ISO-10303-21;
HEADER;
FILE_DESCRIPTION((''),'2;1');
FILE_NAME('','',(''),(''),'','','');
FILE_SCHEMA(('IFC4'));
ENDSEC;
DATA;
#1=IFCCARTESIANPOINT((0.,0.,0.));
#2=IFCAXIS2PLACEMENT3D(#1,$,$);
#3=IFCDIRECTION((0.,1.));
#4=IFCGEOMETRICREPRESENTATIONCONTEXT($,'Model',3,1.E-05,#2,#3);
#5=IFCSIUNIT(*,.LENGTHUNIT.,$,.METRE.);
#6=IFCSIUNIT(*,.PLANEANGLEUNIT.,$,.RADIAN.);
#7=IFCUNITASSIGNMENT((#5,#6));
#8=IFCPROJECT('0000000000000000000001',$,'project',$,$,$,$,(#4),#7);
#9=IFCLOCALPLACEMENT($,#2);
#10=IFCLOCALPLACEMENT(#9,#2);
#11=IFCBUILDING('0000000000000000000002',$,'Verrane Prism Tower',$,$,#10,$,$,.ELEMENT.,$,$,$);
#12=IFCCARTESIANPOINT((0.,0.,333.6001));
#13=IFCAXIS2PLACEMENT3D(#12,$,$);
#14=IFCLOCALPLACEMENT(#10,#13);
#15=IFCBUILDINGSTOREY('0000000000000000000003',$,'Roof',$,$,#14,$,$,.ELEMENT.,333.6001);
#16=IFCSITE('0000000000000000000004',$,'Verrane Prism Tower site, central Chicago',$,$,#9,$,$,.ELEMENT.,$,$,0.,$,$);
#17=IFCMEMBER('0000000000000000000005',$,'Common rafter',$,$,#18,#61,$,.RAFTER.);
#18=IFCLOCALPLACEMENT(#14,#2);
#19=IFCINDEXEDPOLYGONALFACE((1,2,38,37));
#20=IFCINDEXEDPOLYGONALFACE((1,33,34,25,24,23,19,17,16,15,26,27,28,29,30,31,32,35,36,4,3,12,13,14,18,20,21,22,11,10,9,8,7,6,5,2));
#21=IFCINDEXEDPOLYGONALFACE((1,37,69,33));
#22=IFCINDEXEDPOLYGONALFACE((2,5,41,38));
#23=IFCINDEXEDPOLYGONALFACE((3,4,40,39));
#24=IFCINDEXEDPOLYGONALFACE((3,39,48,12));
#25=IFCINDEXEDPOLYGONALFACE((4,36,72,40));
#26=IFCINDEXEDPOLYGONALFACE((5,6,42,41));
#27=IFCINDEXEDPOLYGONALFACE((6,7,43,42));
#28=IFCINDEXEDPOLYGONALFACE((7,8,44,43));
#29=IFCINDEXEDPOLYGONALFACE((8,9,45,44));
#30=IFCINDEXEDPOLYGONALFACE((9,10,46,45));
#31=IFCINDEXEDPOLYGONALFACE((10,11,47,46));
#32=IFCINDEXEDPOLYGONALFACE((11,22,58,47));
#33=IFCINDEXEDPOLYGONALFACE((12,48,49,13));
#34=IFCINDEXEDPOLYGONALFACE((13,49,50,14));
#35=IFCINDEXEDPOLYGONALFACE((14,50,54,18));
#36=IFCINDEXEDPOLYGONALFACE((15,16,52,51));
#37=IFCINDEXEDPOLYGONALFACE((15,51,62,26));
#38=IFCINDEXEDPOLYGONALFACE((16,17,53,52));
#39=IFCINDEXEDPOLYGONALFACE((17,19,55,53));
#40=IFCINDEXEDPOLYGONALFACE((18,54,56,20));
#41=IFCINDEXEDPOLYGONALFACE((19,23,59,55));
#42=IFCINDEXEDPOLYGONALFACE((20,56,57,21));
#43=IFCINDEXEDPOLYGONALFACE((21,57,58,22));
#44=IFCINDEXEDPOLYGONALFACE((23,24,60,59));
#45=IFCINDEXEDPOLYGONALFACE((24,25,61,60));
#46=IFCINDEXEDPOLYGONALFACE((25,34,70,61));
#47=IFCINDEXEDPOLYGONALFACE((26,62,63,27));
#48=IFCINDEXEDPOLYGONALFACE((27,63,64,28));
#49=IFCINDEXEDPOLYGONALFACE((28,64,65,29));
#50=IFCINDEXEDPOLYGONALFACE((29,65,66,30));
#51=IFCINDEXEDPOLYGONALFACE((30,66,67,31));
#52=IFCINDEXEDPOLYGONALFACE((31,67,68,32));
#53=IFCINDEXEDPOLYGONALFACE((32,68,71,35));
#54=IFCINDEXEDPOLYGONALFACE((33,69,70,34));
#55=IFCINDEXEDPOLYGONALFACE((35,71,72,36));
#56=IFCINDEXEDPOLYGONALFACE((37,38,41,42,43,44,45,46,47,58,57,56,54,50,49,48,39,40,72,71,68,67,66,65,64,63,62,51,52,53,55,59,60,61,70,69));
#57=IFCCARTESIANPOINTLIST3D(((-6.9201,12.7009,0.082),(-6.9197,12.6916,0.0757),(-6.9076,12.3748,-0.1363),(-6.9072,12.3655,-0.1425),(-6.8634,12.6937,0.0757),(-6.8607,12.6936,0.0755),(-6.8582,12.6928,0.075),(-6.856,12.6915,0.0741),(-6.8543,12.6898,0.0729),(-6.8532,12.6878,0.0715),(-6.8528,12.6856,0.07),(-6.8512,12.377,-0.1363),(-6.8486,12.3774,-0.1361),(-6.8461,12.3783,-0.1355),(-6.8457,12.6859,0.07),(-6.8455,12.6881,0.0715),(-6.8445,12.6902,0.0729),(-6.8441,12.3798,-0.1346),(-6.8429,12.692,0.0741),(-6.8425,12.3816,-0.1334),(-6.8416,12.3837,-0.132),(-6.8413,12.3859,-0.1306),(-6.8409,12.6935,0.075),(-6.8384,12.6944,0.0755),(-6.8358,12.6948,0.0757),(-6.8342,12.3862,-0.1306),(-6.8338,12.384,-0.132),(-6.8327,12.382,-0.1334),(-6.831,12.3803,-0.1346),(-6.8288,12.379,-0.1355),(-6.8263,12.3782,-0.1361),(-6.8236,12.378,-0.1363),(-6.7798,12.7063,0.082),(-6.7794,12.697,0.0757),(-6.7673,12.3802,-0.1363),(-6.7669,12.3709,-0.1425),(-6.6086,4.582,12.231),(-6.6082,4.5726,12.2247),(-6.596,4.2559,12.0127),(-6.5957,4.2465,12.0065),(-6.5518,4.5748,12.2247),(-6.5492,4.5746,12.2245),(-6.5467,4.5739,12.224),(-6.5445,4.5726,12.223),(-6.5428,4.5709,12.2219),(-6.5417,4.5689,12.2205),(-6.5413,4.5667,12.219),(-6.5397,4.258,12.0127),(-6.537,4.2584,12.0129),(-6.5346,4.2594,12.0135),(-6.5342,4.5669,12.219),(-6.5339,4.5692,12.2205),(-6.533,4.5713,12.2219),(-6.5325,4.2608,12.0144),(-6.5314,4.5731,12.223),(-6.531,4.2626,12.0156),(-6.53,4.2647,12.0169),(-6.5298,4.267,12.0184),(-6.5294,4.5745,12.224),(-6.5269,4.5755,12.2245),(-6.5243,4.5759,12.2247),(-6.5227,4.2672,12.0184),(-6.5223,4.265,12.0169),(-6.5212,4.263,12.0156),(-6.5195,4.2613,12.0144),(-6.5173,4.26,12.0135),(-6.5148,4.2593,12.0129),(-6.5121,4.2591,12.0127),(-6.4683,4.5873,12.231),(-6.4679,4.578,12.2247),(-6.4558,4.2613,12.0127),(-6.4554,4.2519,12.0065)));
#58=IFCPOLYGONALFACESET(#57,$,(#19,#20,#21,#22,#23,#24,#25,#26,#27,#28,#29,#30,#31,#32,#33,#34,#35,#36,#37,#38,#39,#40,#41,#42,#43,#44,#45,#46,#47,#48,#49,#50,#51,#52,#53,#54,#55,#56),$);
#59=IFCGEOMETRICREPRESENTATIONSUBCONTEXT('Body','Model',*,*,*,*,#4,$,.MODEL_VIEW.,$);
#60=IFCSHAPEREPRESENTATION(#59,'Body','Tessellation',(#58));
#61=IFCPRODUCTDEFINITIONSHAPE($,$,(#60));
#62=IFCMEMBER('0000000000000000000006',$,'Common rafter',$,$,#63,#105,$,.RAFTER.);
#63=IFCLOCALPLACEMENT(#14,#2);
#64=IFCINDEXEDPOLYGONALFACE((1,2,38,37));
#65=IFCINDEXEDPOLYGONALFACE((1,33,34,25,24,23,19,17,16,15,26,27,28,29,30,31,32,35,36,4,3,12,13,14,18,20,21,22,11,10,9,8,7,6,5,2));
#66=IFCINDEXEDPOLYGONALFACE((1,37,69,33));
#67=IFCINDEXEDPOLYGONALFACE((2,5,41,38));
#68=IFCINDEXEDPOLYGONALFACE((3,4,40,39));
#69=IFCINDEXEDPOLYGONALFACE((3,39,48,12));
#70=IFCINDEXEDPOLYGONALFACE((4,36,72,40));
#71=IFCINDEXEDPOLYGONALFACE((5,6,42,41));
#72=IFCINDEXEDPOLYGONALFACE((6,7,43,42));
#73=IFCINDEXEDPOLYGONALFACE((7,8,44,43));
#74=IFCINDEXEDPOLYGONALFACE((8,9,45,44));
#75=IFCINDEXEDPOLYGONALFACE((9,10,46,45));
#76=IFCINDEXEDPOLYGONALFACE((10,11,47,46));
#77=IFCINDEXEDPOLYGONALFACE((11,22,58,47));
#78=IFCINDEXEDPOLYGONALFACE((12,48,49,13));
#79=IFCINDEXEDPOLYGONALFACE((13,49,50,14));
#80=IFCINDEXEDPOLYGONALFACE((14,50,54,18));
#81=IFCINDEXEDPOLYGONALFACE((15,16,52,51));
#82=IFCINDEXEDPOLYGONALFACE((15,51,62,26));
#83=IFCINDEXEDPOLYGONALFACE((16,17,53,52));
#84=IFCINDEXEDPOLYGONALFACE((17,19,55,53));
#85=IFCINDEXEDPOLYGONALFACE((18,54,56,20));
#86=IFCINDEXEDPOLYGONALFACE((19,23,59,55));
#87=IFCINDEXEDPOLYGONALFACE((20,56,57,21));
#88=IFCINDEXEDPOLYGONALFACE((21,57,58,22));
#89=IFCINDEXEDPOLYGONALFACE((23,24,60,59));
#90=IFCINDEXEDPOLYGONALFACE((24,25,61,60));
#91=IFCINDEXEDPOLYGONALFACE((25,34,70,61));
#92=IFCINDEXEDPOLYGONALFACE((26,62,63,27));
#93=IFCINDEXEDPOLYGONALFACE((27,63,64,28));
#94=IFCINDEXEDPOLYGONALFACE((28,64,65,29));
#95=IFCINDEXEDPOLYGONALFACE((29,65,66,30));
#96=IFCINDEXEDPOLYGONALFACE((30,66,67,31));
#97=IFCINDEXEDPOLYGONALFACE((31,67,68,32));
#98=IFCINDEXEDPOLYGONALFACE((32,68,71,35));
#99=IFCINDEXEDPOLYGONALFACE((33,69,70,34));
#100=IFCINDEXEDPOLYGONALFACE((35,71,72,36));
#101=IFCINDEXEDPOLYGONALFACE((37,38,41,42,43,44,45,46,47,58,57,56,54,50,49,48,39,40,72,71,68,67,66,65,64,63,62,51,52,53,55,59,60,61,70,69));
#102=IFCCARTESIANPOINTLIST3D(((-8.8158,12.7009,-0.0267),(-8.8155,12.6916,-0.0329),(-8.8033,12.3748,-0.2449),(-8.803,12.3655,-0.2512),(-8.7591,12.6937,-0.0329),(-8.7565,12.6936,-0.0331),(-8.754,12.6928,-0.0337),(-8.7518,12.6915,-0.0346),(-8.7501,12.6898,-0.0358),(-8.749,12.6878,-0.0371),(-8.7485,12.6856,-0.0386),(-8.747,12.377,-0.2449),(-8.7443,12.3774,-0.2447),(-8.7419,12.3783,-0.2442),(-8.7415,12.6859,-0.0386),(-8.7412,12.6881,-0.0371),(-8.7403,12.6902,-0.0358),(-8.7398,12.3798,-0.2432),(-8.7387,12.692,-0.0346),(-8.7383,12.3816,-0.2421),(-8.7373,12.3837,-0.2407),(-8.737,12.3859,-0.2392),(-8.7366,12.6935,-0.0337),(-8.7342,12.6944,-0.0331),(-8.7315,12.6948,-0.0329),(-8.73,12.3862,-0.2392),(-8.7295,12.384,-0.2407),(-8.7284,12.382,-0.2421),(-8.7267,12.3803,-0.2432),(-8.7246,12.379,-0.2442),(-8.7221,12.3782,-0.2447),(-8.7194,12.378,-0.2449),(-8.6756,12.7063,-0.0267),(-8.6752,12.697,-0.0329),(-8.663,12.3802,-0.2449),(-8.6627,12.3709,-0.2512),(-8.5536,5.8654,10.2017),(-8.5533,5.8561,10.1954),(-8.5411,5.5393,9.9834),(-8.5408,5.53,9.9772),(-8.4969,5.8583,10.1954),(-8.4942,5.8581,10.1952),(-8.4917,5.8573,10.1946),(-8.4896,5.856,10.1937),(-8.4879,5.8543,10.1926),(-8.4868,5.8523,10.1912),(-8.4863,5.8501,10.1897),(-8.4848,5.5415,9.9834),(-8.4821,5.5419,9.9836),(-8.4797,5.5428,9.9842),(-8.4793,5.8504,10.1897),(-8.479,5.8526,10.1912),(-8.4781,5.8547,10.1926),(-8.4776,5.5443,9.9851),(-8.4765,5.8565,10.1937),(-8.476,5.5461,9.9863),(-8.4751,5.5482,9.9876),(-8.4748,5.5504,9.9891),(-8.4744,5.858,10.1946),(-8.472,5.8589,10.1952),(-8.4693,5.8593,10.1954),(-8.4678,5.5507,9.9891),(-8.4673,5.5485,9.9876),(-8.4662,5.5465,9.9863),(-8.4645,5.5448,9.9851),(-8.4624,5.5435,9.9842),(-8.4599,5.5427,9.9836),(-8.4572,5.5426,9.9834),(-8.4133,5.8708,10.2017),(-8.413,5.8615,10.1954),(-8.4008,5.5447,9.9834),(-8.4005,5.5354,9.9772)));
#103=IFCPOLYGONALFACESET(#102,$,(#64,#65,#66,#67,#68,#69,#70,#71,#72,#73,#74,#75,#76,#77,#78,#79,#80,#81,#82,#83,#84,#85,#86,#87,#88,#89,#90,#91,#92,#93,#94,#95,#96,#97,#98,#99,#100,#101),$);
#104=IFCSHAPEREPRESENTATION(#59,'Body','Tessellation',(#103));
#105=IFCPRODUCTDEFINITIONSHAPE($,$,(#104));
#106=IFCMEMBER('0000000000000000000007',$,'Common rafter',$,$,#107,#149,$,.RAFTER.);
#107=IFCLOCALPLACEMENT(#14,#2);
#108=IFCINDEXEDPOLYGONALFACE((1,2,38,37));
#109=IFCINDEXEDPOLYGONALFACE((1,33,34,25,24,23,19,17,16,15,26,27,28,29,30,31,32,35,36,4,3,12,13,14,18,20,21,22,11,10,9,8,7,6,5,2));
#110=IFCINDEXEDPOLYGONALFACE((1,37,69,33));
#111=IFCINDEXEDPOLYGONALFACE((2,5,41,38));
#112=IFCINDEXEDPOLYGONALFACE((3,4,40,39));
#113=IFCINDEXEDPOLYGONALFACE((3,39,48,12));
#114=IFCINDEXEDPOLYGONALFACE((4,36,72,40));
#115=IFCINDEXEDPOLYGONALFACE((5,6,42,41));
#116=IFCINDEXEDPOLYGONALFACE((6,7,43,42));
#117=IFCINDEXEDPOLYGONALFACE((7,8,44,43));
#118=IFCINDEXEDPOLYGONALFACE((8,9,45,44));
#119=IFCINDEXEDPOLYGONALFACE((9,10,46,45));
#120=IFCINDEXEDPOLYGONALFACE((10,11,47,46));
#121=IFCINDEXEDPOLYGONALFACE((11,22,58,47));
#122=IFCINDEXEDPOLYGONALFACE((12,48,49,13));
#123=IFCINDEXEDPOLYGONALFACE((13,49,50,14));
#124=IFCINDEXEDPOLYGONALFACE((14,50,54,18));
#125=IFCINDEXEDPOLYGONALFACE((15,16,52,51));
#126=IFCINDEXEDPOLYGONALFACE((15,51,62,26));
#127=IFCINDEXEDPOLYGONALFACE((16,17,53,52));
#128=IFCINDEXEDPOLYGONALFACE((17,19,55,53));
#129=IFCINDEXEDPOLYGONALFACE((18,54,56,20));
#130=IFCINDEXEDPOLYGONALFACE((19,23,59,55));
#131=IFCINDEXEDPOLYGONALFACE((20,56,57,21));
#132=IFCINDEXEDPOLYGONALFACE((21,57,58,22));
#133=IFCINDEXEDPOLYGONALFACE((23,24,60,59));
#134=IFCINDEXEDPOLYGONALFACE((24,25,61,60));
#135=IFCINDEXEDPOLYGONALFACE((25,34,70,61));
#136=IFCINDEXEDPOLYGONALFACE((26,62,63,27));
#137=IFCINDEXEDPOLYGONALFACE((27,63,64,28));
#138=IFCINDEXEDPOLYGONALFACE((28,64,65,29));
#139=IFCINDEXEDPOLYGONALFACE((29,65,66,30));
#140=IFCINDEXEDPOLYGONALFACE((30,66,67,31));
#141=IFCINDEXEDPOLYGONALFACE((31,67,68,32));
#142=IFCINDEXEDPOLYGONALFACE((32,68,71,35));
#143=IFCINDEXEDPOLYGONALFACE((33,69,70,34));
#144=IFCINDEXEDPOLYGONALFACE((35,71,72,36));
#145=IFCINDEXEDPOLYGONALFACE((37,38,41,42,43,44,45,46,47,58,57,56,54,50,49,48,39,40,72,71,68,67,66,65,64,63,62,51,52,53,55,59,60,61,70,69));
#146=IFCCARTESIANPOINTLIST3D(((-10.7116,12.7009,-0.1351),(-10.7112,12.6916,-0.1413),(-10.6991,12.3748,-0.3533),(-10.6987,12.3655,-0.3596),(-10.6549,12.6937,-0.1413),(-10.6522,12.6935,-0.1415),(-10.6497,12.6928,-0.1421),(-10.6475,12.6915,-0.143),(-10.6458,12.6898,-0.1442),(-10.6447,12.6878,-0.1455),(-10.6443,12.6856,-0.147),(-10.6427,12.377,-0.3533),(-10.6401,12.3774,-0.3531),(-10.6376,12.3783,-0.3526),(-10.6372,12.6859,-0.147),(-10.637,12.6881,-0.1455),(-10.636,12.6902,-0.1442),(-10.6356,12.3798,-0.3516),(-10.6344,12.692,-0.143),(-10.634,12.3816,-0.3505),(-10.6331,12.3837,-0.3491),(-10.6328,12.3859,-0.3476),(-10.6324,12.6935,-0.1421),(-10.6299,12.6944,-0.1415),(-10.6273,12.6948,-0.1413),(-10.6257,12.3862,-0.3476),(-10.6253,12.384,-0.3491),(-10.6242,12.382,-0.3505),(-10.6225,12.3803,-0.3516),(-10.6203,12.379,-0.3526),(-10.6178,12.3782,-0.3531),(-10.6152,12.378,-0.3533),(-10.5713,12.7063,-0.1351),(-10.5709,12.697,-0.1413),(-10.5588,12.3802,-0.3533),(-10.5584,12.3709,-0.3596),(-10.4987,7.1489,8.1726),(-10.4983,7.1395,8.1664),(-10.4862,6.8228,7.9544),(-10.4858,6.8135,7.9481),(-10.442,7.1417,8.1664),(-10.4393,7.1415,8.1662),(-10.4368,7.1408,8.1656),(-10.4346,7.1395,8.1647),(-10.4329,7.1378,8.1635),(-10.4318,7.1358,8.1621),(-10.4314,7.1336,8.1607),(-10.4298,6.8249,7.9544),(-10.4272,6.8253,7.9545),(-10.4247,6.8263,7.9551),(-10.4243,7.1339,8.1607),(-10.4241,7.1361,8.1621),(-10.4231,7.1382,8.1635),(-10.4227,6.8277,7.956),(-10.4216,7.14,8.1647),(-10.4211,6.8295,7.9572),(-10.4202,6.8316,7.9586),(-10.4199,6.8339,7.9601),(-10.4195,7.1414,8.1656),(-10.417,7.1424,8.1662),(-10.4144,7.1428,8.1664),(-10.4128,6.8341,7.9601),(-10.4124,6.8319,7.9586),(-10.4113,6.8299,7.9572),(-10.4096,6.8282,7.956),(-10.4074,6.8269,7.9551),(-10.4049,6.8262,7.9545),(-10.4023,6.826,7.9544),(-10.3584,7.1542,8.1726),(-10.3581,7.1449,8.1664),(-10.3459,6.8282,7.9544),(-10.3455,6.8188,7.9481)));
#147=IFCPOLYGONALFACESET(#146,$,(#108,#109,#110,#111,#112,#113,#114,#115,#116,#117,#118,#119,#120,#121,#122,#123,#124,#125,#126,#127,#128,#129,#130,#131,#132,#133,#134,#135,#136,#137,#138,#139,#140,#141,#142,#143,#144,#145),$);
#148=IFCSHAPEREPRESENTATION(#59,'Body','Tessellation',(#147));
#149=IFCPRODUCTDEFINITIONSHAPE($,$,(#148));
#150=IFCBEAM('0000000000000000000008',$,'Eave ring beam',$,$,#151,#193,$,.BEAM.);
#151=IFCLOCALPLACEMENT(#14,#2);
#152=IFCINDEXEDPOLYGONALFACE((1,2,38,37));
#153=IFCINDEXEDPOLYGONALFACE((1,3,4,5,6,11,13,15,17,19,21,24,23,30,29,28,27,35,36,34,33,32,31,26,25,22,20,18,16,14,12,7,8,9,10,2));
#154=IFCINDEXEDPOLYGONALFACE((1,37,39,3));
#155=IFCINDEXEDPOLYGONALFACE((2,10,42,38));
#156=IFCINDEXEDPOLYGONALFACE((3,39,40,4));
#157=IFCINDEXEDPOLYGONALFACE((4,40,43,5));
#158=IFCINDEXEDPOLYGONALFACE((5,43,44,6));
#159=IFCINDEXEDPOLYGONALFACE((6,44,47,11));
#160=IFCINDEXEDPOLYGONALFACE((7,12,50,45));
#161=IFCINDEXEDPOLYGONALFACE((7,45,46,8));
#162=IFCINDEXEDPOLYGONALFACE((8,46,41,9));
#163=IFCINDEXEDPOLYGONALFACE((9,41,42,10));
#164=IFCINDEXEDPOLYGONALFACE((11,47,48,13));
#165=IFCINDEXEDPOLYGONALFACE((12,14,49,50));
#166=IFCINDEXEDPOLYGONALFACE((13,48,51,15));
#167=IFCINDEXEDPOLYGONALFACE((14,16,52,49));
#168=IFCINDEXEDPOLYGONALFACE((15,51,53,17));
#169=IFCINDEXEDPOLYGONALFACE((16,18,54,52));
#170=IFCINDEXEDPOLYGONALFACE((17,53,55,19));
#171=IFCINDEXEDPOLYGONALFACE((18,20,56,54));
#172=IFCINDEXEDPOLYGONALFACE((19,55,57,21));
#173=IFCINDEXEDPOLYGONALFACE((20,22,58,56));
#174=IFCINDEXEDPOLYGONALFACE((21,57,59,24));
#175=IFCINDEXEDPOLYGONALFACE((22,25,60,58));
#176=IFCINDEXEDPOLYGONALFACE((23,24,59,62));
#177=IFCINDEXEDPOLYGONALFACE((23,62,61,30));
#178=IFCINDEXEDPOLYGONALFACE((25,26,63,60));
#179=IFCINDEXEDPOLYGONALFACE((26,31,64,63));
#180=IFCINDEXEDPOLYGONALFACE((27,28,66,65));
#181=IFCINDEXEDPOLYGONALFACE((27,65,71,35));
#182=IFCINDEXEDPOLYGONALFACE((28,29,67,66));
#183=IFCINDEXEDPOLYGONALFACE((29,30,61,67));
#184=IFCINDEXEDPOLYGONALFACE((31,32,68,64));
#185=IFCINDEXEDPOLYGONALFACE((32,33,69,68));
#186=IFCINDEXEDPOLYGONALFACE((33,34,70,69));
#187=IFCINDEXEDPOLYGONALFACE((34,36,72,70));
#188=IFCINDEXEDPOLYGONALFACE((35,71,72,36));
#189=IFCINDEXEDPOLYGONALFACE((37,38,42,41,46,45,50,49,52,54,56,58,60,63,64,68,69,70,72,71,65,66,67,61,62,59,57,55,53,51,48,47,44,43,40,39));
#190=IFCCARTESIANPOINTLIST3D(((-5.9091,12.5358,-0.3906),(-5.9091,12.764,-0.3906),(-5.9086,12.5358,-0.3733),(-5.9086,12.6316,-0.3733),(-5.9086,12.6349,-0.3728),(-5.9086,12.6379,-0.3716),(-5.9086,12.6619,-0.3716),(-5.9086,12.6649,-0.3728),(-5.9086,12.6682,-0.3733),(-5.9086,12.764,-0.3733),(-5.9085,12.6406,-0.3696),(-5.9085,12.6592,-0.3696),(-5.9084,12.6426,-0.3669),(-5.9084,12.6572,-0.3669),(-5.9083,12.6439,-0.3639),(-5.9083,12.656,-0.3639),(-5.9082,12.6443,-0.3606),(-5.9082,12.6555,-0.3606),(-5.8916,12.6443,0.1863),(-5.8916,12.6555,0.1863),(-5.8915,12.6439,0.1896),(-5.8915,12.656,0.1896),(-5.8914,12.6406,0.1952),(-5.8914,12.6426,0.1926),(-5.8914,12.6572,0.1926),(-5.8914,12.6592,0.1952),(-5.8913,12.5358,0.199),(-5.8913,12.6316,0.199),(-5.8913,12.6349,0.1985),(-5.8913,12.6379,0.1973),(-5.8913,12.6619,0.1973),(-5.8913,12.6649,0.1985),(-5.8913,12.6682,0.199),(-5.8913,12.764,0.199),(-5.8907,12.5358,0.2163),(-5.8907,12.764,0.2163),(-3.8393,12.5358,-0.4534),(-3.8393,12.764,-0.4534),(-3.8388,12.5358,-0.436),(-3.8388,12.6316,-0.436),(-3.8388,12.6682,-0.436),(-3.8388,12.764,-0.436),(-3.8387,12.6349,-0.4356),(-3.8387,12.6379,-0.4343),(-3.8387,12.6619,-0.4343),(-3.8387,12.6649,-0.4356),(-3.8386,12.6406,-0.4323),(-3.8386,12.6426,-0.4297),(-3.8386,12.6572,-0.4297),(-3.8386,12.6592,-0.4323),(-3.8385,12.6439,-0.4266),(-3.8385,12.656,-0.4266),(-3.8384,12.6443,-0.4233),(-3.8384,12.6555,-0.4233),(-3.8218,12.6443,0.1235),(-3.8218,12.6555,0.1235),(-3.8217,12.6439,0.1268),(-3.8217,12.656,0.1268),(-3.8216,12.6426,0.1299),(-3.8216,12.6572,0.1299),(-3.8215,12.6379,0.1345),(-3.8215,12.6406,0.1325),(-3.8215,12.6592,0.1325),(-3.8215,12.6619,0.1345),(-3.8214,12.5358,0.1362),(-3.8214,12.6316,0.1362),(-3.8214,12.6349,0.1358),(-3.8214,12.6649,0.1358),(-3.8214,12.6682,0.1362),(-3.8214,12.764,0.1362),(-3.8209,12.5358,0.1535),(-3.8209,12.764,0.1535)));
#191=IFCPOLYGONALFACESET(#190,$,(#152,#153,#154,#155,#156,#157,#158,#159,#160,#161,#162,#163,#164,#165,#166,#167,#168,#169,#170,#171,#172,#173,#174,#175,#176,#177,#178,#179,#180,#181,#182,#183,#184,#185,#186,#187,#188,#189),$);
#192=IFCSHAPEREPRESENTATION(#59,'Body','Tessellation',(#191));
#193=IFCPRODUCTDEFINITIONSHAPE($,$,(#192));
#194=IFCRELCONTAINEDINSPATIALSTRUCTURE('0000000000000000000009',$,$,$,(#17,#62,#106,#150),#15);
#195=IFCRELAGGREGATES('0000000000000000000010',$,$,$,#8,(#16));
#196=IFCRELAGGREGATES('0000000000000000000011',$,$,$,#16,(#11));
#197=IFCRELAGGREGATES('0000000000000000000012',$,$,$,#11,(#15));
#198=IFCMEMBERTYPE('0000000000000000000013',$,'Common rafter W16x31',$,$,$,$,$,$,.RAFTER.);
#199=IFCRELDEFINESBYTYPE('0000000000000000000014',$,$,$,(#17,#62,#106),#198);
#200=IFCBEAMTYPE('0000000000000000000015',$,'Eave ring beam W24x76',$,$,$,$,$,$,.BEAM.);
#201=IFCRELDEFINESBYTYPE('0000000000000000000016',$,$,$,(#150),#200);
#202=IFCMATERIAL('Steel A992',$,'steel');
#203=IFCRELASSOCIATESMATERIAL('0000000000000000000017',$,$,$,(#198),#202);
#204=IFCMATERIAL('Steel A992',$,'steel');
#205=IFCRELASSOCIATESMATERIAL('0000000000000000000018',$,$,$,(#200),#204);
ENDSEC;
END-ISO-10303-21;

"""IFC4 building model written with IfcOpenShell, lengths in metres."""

from ifc_helpers import new_model, si_unit, direction, frame, origin, origin_2d, place, context, subcontext, project, spatial, i_section, extrude, material, material_profile, profile_set, type_object, element, save


model = new_model("IFC4")

# Units and contexts
model_context = context("Model", 3, precision=1e-05, world=origin(), true_north=direction((0.0, 1.0)))
body_context = subcontext(model_context, "Body", "Model", "MODEL_VIEW")
ifc_project = project(units=[si_unit("LENGTHUNIT", "METRE"), si_unit("PLANEANGLEUNIT", "RADIAN")], contexts=[model_context])

# Site, building, storey
site_placement = place(None, origin())
site = spatial("IfcSite", under=ifc_project, at=site_placement, Name="Verrane Prism Tower site, central Chicago", CompositionType="ELEMENT", RefElevation=0.0)
building_placement = place(site_placement, origin())
building = spatial("IfcBuilding", under=site, at=building_placement, Name="Verrane Prism Tower", CompositionType="ELEMENT")
storey_placement = place(building_placement, frame((0.0, 0.0, 333.6001)))
storey = spatial("IfcBuildingStorey", under=building, at=storey_placement, Name="Roof", CompositionType="ELEMENT", Elevation=333.6001)

# Members
ifc_material_1 = material(Name="Steel A992", Category="steel")
ifc_material_profile_1 = material_profile(ifc_material_1, i_section(OverallWidth=0.1404, OverallDepth=0.4038, WebThickness=0.0071, FlangeThickness=0.0112, FilletRadius=0.0103, at=origin_2d()), Name="W16x31")
ifc_profile_set_1 = profile_set([ifc_material_profile_1], Name="Steel A992")
member_type_1 = type_object("IfcMemberType", Name="Common rafter W16x31", PredefinedType="RAFTER", material=ifc_profile_set_1)
member_1_placement = place(storey_placement, frame((-6.8435, 12.5359, -0.0303), z_axis=(0.021315, -0.555503, 0.831241), x_axis=(0.999265, 0.038342, 0.0)))
element("IfcMember", 1, at=member_1_placement, inside=storey, type_object=member_type_1, Name="Common rafter", PredefinedType="RAFTER", context=body_context, shape_type="SweptSolid", body=[
    extrude(i_section(OverallWidth=0.1404, OverallDepth=0.4038, WebThickness=0.0071, FlangeThickness=0.0112, FilletRadius=0.0103, at=origin_2d()), origin(), (0.0, 0.0, 1.0), 14.6155),
])
member_2_placement = place(storey_placement, frame((-8.7393, 12.5359, -0.1389), z_axis=(0.021309, -0.555508, 0.831238), x_axis=(0.999265, 0.038332, 0.0)))
element("IfcMember", 2, at=member_2_placement, inside=storey, type_object=member_type_1, Name="Common rafter", PredefinedType="RAFTER", context=body_context, shape_type="SweptSolid", body=[
    extrude(i_section(OverallWidth=0.1404, OverallDepth=0.4038, WebThickness=0.0071, FlangeThickness=0.0112, FilletRadius=0.0103, at=origin_2d()), origin(), (0.0, 0.0, 1.0), 12.3049),
])
member_3_placement = place(storey_placement, frame((-10.635, 12.5359, -0.2473), z_axis=(0.021301, -0.555515, 0.831233), x_axis=(0.999266, 0.038317, 0.0)))
element("IfcMember", 3, at=member_3_placement, inside=storey, type_object=member_type_1, Name="Common rafter", PredefinedType="RAFTER", context=body_context, shape_type="SweptSolid", body=[
    extrude(i_section(OverallWidth=0.1404, OverallDepth=0.4038, WebThickness=0.0071, FlangeThickness=0.0112, FilletRadius=0.0103, at=origin_2d()), origin(), (0.0, 0.0, 1.0), 9.9944),
])

# Beam
ifc_material_2 = material(Name="Steel A992", Category="steel")
ifc_material_profile_2 = material_profile(ifc_material_2, i_section(OverallWidth=0.2283, OverallDepth=0.6072, WebThickness=0.0112, FlangeThickness=0.0173, FilletRadius=0.0127, at=origin_2d()), Name="W24x76")
ifc_profile_set_2 = profile_set([ifc_material_profile_2], Name="Steel A992")
beam_type = type_object("IfcBeamType", Name="Eave ring beam W24x76", PredefinedType="BEAM", material=ifc_profile_set_2)
beam_1_placement = place(storey_placement, frame((-3.8301, 12.6499, -0.1499), z_axis=(-0.999541, 0.0, 0.0303), x_axis=(0.0, -1.0, 0.0)))
element("IfcBeam", 4, at=beam_1_placement, inside=storey, type_object=beam_type, Name="Eave ring beam", PredefinedType="BEAM", context=body_context, shape_type="SweptSolid", body=[
    extrude(i_section(OverallWidth=0.2283, OverallDepth=0.6072, WebThickness=0.0112, FlangeThickness=0.0173, FilletRadius=0.0127, at=origin_2d()), origin(), (0.0, 0.0, 1.0), 2.0708),
])

save(model, "model.ifc")
